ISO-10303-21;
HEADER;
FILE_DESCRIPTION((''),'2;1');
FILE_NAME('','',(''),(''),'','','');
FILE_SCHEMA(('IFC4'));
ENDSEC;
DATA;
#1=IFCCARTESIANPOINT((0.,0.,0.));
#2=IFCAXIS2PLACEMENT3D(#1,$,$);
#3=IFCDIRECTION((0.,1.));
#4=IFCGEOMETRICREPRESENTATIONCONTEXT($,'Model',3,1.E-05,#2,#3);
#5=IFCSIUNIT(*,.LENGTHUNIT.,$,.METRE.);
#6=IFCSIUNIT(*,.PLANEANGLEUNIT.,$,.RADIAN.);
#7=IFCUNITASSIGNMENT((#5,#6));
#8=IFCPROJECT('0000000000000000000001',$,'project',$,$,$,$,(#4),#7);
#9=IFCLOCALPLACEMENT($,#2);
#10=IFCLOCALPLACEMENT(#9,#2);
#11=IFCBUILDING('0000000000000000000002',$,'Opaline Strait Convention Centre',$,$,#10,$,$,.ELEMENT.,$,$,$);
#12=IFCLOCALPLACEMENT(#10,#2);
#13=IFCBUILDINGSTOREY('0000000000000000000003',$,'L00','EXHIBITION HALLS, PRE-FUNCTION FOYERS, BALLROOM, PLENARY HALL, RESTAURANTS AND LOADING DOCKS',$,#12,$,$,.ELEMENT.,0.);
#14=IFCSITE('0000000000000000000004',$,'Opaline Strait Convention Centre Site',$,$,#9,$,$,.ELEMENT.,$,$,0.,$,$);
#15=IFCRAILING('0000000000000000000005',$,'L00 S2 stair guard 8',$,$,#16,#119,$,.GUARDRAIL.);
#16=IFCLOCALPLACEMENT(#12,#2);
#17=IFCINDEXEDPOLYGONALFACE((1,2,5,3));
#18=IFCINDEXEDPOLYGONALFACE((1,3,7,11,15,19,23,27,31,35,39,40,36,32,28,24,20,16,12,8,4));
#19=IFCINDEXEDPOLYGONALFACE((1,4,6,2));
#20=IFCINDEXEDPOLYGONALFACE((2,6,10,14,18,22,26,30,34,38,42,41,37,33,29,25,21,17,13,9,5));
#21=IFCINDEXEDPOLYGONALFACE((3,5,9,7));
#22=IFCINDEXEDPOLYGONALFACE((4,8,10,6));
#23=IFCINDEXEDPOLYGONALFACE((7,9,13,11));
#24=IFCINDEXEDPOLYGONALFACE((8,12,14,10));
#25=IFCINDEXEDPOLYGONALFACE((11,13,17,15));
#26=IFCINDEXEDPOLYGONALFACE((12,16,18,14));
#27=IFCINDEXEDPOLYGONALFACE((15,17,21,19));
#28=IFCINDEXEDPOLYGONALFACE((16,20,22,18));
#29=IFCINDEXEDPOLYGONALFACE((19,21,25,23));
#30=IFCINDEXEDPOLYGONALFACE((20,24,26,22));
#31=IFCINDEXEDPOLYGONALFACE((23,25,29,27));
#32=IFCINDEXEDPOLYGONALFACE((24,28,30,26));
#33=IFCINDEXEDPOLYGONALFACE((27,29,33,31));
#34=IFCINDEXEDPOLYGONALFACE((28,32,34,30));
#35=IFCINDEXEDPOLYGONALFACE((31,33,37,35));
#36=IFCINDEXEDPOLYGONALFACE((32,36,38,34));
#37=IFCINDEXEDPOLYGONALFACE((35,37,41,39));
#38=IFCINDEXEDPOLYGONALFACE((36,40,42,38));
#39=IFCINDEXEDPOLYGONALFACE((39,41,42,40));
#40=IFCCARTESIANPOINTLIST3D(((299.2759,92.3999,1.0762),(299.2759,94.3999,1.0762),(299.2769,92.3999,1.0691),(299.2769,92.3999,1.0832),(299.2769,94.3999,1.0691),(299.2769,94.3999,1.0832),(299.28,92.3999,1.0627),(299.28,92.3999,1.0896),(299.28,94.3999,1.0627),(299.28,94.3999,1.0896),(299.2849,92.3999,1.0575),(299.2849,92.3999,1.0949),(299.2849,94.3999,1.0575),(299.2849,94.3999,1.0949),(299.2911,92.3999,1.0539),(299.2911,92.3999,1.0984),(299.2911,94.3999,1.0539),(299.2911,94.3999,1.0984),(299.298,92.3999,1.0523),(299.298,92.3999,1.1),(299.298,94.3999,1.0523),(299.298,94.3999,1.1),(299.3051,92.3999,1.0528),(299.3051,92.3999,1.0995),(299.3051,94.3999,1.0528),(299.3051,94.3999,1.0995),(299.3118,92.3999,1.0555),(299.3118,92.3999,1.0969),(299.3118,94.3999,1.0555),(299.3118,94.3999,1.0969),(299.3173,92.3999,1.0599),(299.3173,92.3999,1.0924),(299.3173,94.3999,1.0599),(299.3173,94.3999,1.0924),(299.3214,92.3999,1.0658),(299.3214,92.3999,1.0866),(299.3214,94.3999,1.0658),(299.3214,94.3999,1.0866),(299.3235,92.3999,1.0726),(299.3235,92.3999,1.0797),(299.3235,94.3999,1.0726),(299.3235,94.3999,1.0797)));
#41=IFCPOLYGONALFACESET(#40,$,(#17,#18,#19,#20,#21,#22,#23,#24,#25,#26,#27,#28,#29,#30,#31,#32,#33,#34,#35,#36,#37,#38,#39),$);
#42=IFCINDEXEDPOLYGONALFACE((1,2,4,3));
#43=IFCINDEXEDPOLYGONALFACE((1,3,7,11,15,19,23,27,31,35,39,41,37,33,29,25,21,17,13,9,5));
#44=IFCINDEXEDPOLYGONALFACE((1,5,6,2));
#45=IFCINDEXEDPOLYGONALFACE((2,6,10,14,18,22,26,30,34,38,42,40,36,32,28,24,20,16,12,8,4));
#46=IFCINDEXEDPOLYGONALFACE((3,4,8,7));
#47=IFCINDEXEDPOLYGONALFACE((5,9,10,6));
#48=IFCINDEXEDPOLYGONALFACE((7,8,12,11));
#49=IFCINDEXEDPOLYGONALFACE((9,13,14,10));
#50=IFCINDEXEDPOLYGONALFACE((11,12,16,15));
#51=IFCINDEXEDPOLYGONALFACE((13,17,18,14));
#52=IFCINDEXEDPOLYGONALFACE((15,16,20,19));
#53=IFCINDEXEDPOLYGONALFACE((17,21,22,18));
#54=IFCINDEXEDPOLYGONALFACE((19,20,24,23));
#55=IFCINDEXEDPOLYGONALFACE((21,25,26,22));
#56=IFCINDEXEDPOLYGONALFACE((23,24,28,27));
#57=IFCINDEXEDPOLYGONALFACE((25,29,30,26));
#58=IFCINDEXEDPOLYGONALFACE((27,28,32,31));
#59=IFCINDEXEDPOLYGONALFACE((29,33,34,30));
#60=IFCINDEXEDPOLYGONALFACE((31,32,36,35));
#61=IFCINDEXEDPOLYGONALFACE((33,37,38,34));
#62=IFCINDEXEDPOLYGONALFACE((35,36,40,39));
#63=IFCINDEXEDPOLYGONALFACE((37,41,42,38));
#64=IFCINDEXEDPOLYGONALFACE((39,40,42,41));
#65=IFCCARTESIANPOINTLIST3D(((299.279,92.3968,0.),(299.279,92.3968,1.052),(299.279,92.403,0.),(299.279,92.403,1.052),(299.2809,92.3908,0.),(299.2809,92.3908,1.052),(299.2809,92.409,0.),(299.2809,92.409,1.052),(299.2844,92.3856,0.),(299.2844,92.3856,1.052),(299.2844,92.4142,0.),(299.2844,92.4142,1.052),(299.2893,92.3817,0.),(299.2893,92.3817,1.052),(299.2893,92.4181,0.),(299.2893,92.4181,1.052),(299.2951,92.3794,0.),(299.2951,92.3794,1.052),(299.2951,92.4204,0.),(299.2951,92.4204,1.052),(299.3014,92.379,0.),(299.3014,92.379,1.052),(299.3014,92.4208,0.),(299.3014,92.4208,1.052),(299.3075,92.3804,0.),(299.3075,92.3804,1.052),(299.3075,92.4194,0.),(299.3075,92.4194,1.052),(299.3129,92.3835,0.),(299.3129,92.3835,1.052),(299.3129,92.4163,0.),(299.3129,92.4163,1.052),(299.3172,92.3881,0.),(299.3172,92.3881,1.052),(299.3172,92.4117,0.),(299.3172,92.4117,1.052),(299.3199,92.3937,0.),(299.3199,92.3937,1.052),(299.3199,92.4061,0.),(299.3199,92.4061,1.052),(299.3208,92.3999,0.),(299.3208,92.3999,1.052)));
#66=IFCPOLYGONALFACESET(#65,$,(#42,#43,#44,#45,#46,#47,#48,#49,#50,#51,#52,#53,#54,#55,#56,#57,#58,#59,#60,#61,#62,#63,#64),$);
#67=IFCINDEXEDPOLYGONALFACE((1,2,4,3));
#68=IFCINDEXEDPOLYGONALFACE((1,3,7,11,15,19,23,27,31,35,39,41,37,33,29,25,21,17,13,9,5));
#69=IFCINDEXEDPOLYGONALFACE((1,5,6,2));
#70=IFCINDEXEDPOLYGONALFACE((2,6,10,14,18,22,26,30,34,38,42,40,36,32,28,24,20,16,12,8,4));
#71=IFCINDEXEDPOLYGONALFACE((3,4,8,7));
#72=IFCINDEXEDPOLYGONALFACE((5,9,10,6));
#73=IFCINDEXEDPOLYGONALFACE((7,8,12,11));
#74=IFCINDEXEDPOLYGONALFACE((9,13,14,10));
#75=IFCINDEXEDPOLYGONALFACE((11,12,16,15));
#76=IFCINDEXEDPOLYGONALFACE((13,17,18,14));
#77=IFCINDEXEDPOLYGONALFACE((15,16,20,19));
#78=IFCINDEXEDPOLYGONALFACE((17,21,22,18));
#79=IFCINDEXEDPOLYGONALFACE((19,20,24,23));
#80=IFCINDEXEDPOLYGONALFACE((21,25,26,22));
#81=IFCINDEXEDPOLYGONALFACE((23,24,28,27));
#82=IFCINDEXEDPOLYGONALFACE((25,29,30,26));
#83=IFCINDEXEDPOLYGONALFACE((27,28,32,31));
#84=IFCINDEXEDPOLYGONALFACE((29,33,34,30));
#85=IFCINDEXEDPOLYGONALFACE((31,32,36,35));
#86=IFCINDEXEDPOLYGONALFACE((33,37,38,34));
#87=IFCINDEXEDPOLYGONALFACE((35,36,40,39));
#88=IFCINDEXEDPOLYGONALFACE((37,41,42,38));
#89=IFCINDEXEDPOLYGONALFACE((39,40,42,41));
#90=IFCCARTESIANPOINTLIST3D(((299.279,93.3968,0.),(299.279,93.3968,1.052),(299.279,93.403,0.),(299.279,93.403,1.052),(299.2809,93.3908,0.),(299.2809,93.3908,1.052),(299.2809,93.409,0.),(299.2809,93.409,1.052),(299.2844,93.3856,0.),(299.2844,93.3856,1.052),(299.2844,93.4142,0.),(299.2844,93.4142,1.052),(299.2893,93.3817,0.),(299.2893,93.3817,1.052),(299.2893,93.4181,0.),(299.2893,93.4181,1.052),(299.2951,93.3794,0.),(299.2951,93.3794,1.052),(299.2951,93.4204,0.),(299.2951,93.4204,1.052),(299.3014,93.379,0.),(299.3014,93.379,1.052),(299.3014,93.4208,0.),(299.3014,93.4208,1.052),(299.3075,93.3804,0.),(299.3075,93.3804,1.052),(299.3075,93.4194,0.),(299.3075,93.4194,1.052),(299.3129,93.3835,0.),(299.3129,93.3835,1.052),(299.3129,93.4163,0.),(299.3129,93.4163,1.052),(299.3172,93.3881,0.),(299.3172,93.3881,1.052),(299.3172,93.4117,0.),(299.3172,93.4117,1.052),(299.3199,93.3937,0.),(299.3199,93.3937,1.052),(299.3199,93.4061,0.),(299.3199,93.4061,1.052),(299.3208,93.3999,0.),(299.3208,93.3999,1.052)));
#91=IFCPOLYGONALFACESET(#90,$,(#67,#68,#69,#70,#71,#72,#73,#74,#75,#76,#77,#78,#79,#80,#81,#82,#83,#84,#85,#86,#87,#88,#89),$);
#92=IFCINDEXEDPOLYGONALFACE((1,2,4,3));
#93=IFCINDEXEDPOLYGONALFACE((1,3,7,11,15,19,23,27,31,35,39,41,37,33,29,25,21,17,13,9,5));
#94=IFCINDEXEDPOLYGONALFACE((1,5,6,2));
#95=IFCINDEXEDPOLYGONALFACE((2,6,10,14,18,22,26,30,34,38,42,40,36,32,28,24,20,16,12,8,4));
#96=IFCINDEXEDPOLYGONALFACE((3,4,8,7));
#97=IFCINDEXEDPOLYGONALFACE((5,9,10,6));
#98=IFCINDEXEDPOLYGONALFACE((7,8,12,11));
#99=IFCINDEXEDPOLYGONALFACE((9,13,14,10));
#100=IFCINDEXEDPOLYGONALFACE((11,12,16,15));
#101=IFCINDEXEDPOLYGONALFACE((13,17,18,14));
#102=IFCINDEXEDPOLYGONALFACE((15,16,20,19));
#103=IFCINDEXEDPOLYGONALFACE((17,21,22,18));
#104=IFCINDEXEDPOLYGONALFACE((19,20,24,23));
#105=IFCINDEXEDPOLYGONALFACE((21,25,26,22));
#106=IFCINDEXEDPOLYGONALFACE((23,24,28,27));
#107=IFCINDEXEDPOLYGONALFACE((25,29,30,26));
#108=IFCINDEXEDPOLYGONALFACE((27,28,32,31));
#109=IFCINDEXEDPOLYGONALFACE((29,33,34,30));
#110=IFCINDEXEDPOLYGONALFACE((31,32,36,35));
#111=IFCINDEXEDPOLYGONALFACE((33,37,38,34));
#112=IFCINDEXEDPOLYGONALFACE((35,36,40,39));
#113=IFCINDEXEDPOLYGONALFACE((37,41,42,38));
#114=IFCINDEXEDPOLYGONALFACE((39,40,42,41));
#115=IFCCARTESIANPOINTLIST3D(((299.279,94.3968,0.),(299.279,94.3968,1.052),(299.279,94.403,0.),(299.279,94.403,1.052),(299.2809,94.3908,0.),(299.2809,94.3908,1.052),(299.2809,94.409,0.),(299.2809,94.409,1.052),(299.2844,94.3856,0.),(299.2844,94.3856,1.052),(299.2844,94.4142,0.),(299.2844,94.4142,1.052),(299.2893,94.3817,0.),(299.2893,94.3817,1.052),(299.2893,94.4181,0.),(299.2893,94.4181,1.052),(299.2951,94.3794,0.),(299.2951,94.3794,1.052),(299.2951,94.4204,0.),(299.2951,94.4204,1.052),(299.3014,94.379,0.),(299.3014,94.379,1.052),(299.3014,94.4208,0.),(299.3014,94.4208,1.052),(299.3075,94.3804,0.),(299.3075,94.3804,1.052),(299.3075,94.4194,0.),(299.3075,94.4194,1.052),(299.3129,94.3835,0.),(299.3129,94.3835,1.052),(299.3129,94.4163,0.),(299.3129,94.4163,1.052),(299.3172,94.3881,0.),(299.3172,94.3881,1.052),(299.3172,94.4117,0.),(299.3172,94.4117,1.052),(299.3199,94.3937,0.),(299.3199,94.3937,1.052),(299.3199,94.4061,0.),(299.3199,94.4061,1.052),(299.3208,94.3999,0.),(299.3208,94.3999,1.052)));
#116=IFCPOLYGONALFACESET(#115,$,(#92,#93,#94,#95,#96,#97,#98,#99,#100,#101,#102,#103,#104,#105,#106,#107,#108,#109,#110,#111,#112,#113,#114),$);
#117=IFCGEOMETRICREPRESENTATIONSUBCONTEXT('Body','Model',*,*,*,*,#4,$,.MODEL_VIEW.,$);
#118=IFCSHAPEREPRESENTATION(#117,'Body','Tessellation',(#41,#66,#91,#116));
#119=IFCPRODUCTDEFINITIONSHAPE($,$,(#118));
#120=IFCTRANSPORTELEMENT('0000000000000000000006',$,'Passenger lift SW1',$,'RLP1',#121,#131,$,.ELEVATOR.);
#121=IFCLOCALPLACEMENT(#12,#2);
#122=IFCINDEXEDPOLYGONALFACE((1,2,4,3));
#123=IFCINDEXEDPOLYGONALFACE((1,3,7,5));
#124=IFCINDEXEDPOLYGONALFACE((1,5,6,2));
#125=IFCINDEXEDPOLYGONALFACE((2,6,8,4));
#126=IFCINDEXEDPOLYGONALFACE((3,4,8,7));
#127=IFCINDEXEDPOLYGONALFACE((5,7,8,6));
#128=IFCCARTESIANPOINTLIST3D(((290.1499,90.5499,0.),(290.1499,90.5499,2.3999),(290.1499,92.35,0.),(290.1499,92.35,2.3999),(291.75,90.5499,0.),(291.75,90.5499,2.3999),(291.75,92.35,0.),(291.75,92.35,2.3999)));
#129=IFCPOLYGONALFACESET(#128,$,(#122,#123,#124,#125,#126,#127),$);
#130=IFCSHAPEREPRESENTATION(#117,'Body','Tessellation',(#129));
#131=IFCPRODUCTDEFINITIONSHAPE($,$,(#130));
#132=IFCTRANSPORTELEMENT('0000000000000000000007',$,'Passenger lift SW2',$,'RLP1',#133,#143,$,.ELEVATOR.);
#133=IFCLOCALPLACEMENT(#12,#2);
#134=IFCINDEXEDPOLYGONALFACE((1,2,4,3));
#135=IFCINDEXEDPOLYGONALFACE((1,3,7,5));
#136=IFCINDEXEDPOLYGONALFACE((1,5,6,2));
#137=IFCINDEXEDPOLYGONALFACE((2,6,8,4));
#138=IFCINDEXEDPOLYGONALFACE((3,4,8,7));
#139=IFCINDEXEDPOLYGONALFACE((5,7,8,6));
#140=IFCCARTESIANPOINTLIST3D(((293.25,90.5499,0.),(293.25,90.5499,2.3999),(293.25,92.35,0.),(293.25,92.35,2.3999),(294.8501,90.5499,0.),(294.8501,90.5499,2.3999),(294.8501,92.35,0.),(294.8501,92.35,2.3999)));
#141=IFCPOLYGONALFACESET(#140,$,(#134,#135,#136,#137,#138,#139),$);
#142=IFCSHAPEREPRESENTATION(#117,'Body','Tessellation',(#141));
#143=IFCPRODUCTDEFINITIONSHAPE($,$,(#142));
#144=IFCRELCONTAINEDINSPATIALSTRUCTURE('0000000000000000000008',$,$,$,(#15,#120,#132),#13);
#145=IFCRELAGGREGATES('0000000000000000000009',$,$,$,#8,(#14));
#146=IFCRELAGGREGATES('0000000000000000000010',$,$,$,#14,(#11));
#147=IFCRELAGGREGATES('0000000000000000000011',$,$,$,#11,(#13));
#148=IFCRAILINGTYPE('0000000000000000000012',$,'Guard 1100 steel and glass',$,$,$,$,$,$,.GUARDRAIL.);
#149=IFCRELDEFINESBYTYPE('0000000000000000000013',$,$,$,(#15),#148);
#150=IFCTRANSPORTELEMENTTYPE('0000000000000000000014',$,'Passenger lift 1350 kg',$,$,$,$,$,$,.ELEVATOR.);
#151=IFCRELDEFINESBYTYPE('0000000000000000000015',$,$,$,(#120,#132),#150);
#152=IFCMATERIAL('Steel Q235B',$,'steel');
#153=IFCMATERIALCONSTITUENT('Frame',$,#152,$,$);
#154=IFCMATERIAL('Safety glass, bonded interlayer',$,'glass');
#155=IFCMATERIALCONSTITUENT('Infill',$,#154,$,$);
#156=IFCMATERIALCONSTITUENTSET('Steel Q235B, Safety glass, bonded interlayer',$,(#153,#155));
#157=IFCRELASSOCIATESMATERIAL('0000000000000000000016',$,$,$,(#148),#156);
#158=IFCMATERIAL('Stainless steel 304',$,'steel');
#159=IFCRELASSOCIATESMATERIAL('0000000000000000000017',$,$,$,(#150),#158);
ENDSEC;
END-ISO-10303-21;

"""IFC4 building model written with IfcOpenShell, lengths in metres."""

from ifc_helpers import new_model, si_unit, direction, frame, origin, origin_2d, place, context, subcontext, project, spatial, rectangle, circle, extrude, material, constituent, constituent_set, type_object, element, save


model = new_model("IFC4")

# Units and contexts
model_context = context("Model", 3, precision=1e-05, world=origin(), true_north=direction((0.0, 1.0)))
body_context = subcontext(model_context, "Body", "Model", "MODEL_VIEW")
ifc_project = project(units=[si_unit("LENGTHUNIT", "METRE"), si_unit("PLANEANGLEUNIT", "RADIAN")], contexts=[model_context])

# Site, building, storey
site_placement = place(None, origin())
site = spatial("IfcSite", under=ifc_project, at=site_placement, Name="Opaline Strait Convention Centre Site", CompositionType="ELEMENT", RefElevation=0.0)
building_placement = place(site_placement, origin())
building = spatial("IfcBuilding", under=site, at=building_placement, Name="Opaline Strait Convention Centre", CompositionType="ELEMENT")
storey_placement = place(building_placement, origin())
storey = spatial("IfcBuildingStorey", under=building, at=storey_placement, Name="L00", Description="EXHIBITION HALLS, PRE-FUNCTION FOYERS, BALLROOM, PLENARY HALL, RESTAURANTS AND LOADING DOCKS", CompositionType="ELEMENT", Elevation=0.0)

# Shared definitions
ifc_material_1 = material(Name="Steel Q235B", Category="steel")

# Shared definitions
ifc_material_2 = material(Name="Stainless steel 304", Category="steel")

# Railing
ifc_constituent_1 = constituent(ifc_material_1, Name="Frame")
ifc_material_3 = material(Name="Safety glass, bonded interlayer", Category="glass")
ifc_constituent_2 = constituent(ifc_material_3, Name="Infill")
ifc_constituent_set = constituent_set(constituents=[ifc_constituent_1, ifc_constituent_2], Name="Steel Q235B, Safety glass, bonded interlayer")
railing_type = type_object("IfcRailingType", Name="Guard 1100 steel and glass", PredefinedType="GUARDRAIL", material=ifc_constituent_set)
for number, where, name in (
    (1, (299.2998, 92.3999, 0.0), "L00 S2 stair guard 8"),
):
    element("IfcRailing", number, at=place(storey_placement, frame(where)), inside=storey, type_object=railing_type, Name=name, PredefinedType="GUARDRAIL", context=body_context, shape_type="SweptSolid", body=[
        extrude(circle(Radius=0.0239, at=origin_2d()), frame((0.0, 0.0, 1.0762), z_axis=(0.0, 1.0, 0.0), x_axis=(-1.0, 0.0, 0.0)), (0.0, 0.0, 1.0), 2.0),
        extrude(circle(Radius=0.021, at=origin_2d()), origin(), (0.0, 0.0, 1.0), 1.052),
        extrude(circle(Radius=0.021, at=origin_2d()), frame((0.0, 1.0, 0.0)), (0.0, 0.0, 1.0), 1.052),
        extrude(circle(Radius=0.021, at=origin_2d()), frame((0.0, 2.0, 0.0)), (0.0, 0.0, 1.0), 1.052),
    ])

# Transport elements
transport_element_type = type_object("IfcTransportElementType", Name="Passenger lift 1350 kg", PredefinedType="ELEVATOR", material=ifc_material_2)
for number, where, z_axis, x_axis, name in (
    (2, (290.95, 91.45, 0.0), (0.0, 0.0, 1.0), (1.0, 0.0, 0.0), "Passenger lift SW1"),
    (3, (294.05, 91.45, 0.0), (0.0, 0.0, 1.0), (1.0, 0.0, 0.0), "Passenger lift SW2"),
):
    element("IfcTransportElement", number, at=place(storey_placement, frame(where, z_axis=z_axis, x_axis=x_axis)), inside=storey, type_object=transport_element_type, Name=name, ObjectType="RLP1", PredefinedType="ELEVATOR", context=body_context, shape_type="SweptSolid", body=[
        extrude(rectangle(XDim=1.6001, YDim=1.8, at=origin_2d()), origin(), (0.0, 0.0, 1.0), 2.3999),
    ])

save(model, "model.ifc")
